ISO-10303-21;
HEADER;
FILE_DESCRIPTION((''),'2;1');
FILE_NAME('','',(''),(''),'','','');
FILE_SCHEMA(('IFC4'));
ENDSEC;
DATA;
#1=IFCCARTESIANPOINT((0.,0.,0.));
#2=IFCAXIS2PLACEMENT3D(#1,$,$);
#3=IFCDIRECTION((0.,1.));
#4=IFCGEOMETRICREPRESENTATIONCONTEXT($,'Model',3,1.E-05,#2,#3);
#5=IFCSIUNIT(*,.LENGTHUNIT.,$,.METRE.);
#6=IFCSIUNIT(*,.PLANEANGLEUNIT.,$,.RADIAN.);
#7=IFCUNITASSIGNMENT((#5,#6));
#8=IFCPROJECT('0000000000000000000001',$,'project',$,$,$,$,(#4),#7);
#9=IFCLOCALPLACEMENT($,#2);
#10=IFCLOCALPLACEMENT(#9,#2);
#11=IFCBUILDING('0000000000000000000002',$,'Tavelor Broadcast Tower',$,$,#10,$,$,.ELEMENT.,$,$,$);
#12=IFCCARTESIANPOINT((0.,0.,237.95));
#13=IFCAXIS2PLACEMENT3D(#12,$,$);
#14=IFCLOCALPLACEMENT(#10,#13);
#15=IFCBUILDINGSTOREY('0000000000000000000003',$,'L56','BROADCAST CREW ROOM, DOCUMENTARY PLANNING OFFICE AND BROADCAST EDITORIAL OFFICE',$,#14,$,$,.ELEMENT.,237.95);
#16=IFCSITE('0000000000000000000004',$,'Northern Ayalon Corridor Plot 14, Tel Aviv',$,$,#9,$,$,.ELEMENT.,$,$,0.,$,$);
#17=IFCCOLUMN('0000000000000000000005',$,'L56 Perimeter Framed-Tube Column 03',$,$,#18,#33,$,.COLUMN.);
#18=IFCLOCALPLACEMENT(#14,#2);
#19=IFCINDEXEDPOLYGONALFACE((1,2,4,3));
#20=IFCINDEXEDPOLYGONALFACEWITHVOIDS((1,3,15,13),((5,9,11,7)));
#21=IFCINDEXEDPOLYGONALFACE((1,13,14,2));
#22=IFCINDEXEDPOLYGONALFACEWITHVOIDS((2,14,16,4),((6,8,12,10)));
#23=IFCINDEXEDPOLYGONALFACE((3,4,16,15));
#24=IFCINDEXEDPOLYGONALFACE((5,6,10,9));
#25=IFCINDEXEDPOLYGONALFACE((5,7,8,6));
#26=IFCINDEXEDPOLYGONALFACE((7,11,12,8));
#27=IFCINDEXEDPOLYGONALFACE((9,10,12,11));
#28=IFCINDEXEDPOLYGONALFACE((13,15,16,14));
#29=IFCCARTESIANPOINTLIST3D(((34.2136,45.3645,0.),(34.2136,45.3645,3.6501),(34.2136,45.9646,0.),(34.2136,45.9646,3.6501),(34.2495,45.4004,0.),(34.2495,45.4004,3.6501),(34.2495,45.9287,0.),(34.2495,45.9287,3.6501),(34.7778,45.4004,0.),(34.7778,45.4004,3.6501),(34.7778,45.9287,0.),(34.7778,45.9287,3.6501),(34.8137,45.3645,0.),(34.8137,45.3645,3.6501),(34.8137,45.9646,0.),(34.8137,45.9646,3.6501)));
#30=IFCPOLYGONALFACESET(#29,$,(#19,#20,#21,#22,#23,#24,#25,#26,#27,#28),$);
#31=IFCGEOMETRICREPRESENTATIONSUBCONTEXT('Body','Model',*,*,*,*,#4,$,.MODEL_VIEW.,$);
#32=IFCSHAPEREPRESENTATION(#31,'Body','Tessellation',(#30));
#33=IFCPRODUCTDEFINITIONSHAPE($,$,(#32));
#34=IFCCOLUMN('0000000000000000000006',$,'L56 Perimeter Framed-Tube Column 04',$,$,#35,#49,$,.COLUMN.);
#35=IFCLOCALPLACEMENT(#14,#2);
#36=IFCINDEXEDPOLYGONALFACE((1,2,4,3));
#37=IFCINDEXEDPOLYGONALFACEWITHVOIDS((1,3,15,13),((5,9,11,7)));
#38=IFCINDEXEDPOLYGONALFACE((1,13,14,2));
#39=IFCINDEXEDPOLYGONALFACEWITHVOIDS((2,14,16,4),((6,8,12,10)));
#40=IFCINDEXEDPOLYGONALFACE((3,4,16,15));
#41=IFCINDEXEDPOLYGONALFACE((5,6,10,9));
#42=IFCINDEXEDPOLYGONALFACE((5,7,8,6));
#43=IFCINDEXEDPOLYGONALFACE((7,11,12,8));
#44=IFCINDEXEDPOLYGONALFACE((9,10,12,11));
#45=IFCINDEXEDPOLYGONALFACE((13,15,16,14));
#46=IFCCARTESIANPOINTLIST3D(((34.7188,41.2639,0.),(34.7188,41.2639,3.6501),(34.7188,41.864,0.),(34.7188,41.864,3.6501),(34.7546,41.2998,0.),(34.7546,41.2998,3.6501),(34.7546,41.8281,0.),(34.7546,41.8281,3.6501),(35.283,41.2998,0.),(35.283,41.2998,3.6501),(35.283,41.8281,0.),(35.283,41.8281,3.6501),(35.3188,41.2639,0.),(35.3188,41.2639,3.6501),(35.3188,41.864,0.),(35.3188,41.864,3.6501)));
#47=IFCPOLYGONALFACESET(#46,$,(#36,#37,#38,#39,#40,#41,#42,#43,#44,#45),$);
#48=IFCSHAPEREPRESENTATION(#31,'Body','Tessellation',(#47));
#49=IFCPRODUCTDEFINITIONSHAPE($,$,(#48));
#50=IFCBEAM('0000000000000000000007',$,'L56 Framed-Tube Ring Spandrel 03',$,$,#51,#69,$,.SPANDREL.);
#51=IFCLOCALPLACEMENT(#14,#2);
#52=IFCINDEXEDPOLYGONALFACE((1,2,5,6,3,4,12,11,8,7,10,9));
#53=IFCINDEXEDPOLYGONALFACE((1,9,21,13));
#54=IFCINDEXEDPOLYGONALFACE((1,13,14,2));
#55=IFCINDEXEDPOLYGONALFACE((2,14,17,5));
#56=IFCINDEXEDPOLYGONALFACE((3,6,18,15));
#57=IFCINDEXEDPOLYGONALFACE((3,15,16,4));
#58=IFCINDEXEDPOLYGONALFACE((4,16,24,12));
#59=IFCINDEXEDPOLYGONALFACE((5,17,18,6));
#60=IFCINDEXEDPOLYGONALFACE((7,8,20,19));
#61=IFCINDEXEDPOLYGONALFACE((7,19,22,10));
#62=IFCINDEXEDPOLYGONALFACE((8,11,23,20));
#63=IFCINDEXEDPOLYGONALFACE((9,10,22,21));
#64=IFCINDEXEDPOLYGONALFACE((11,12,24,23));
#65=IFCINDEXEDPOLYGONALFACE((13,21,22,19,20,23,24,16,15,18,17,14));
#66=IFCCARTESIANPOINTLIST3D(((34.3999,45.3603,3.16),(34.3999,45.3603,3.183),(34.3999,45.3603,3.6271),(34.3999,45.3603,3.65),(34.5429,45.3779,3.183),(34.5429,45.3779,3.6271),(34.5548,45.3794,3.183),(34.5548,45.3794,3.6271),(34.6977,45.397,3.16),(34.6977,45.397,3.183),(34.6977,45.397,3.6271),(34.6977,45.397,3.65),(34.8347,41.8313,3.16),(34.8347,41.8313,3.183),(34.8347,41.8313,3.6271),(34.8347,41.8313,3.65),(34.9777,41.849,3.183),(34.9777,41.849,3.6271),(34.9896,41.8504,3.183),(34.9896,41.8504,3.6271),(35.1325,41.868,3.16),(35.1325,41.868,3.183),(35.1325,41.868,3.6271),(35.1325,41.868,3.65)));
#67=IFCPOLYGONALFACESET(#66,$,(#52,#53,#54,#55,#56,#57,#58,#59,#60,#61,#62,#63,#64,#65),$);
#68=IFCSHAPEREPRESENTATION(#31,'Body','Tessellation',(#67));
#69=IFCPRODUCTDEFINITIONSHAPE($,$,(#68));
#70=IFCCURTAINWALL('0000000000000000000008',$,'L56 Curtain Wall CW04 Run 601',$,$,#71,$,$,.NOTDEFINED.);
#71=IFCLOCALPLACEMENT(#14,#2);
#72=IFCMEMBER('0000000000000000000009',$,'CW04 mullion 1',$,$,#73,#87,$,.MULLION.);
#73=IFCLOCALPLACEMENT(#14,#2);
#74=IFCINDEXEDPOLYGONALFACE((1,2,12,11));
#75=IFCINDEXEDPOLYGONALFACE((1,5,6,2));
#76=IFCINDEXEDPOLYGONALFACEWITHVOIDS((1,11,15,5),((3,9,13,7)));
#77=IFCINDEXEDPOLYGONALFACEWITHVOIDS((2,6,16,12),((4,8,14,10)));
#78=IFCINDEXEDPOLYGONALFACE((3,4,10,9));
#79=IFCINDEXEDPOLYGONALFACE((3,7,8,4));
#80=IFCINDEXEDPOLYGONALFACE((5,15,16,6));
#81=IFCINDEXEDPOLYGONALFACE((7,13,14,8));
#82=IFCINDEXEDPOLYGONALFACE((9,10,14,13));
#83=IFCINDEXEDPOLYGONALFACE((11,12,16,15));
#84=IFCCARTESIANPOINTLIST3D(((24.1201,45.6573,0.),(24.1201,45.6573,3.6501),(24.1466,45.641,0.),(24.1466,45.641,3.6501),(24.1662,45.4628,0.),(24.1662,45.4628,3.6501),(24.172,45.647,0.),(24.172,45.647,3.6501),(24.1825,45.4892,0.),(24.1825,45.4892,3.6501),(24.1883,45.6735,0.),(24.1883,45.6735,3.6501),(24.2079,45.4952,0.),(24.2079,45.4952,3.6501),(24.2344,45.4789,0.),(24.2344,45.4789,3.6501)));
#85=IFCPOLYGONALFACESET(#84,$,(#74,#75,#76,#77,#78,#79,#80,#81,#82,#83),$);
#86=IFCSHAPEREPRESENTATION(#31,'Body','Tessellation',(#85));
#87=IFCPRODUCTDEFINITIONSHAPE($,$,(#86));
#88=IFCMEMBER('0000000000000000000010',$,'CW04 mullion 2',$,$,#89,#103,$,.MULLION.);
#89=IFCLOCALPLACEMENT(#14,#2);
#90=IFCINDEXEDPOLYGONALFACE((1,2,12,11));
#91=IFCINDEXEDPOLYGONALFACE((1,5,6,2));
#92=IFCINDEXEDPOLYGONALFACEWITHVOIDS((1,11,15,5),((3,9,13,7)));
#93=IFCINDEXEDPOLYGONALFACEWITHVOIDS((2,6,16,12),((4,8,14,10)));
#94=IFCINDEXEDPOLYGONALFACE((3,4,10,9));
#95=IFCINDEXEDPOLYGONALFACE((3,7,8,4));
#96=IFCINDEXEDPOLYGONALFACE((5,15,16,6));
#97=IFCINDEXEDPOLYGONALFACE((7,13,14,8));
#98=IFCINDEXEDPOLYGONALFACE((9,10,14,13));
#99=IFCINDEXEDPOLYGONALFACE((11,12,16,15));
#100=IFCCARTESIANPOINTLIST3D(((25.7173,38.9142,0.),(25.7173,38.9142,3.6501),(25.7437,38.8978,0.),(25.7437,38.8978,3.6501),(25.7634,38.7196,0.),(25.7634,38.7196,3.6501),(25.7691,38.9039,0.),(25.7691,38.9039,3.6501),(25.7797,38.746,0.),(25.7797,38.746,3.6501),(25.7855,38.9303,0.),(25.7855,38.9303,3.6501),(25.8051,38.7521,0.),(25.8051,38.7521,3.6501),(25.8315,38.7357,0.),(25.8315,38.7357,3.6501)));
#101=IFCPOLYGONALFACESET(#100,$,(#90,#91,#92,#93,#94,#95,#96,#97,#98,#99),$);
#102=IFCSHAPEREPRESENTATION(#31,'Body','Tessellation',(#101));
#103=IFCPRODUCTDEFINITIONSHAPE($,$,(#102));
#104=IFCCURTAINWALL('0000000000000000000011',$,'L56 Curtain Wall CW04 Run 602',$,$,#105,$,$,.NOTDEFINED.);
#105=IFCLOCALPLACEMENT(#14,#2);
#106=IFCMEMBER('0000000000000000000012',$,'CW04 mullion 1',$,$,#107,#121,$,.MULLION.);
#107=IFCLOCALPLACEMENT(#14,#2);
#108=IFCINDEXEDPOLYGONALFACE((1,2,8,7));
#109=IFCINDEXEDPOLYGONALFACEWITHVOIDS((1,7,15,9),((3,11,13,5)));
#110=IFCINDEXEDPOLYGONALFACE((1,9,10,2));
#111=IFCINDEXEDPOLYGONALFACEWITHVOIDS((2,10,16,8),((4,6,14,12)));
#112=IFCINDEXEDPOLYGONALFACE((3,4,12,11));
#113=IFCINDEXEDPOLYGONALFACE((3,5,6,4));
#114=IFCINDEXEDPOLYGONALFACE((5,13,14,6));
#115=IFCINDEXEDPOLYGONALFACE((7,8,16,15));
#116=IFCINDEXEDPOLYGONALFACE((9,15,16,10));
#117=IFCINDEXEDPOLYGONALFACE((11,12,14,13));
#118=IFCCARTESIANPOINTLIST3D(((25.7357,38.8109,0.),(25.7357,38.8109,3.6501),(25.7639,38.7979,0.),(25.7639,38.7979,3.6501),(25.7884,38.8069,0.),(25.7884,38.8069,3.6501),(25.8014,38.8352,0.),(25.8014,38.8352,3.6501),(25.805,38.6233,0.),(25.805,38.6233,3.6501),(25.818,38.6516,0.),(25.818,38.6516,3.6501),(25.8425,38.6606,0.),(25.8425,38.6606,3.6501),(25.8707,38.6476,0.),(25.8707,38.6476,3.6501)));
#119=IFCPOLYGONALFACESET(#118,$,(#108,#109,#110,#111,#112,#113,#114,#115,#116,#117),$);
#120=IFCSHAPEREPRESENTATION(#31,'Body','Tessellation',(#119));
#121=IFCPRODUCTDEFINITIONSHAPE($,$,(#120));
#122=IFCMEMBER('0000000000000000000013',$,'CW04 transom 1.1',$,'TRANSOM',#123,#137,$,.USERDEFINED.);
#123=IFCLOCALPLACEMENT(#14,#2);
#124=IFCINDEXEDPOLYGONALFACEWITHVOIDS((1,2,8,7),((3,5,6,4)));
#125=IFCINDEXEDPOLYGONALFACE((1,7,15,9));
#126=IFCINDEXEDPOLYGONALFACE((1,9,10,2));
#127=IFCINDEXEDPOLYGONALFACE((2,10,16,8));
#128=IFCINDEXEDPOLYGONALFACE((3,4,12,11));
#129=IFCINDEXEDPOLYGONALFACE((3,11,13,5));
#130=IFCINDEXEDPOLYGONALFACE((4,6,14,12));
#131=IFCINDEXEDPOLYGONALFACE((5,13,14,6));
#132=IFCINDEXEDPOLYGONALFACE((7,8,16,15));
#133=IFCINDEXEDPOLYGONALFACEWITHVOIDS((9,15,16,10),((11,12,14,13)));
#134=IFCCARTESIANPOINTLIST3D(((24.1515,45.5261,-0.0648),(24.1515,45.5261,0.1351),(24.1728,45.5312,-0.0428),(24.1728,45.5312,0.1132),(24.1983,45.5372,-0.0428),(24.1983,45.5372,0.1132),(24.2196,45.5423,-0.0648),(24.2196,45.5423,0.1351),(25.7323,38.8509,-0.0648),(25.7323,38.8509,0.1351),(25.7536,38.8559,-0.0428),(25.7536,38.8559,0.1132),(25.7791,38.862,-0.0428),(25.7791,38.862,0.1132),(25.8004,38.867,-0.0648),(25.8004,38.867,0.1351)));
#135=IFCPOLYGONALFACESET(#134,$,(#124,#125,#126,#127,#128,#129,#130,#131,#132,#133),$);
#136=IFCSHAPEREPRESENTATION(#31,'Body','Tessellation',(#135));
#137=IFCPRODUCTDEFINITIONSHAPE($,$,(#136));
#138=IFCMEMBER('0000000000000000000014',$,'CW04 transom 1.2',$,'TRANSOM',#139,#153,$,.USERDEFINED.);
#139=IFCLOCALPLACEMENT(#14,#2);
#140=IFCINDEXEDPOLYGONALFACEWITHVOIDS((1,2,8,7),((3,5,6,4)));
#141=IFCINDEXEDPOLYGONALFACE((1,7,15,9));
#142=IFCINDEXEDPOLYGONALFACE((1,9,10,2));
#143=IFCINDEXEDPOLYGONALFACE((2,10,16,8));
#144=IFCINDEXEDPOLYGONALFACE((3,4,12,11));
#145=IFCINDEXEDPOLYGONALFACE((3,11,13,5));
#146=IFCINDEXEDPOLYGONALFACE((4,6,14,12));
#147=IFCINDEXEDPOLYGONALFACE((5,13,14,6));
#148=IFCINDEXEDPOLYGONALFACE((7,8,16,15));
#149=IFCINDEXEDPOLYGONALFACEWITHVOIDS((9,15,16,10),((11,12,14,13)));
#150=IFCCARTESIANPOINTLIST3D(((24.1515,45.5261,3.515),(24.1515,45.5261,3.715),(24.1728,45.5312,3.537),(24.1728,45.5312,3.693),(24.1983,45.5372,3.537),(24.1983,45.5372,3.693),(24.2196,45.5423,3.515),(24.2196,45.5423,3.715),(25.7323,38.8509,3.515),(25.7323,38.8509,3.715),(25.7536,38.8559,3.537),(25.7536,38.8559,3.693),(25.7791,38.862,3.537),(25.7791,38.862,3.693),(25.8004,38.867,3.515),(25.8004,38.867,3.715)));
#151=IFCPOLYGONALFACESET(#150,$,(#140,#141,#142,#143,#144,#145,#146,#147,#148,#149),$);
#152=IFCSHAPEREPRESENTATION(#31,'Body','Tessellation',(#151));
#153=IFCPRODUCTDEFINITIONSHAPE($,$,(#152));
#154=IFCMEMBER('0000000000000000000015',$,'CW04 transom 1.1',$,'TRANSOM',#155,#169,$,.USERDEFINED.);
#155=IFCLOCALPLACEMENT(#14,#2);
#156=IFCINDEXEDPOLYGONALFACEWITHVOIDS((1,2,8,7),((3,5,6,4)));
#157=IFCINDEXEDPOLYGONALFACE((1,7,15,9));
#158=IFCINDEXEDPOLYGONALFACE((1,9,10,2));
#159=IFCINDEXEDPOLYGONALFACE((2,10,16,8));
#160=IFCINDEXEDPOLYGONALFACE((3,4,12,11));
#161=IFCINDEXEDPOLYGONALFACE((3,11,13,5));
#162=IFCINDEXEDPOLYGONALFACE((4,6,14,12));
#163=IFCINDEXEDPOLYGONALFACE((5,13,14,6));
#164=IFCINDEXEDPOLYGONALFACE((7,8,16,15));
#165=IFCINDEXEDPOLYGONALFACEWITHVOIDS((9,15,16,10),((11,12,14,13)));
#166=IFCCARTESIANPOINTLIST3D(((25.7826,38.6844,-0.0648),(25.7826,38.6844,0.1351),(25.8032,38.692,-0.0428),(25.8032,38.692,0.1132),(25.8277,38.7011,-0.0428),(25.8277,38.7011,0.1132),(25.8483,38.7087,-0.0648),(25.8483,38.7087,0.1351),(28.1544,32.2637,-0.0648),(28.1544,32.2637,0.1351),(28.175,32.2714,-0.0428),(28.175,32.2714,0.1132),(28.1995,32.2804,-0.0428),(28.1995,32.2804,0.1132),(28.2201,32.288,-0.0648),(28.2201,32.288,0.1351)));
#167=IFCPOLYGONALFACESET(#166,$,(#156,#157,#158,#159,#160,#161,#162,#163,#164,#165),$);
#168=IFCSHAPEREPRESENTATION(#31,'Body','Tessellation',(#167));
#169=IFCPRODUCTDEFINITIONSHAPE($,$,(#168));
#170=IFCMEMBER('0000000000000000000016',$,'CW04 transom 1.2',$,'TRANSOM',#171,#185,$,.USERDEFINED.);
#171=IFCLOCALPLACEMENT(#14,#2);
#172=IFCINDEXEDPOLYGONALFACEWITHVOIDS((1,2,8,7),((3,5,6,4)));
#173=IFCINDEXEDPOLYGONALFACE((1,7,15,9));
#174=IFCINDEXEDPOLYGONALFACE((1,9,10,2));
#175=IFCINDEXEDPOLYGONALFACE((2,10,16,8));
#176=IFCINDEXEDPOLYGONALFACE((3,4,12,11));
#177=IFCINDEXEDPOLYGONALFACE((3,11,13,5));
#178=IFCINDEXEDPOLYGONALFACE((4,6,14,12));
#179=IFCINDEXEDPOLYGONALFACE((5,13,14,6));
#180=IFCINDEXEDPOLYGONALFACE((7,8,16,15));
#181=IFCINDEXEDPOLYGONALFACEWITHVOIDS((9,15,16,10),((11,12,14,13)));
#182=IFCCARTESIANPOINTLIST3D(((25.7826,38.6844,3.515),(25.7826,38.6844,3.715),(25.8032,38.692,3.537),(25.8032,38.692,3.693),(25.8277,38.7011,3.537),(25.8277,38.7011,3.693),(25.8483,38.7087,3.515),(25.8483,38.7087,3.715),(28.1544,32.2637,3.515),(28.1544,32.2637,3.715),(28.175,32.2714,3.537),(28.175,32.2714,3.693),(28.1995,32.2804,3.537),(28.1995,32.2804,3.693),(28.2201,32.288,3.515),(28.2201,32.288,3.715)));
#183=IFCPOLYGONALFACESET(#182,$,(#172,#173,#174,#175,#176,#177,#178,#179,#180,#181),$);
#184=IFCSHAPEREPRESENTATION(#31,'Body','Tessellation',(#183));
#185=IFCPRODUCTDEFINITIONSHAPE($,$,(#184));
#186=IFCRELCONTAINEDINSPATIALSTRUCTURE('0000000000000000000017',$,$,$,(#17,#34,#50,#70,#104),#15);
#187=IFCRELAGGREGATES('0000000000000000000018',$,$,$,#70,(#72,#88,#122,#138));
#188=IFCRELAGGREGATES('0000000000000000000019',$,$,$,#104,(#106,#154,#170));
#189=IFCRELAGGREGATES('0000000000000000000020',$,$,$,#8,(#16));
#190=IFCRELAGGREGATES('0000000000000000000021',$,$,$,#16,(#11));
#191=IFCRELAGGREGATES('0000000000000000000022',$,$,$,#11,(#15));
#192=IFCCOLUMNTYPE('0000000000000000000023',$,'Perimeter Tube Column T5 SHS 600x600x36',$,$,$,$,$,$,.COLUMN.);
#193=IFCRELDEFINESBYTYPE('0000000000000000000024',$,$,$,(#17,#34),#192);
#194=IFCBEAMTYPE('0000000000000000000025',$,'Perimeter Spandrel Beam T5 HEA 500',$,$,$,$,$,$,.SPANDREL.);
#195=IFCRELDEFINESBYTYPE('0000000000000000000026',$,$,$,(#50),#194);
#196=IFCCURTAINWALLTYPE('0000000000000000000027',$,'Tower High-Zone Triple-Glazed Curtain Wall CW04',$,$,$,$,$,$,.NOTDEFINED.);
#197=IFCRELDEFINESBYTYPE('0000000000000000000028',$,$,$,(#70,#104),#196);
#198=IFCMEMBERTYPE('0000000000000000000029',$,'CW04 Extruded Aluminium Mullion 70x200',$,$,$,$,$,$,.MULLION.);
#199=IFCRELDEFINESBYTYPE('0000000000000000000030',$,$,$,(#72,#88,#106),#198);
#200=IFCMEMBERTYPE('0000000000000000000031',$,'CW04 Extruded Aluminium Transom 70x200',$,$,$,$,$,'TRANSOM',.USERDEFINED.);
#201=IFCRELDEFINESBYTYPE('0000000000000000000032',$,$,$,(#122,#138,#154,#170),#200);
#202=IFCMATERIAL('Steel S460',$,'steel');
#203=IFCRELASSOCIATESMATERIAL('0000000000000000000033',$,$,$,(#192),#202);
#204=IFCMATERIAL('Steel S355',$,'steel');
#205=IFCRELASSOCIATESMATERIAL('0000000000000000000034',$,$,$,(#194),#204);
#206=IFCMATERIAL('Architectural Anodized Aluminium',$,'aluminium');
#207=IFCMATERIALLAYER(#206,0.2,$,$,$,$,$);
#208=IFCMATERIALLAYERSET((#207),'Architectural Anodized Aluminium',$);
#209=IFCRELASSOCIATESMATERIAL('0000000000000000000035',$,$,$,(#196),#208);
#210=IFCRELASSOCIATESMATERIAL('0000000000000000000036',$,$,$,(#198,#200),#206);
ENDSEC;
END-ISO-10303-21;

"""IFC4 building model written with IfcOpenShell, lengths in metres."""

from ifc_helpers import new_model, si_unit, direction, frame, origin, origin_2d, place, context, subcontext, project, spatial, hollow_rectangle, i_section, extrude, source, transform, mapped, material, layer, layer_set, material_profile, profile_set, type_object, type_shapes, element, aggregate, save


model = new_model("IFC4")

# Units and contexts
model_context = context("Model", 3, precision=1e-05, world=origin(), true_north=direction((0.0, 1.0)))
body_context = subcontext(model_context, "Body", "Model", "MODEL_VIEW")
ifc_project = project(units=[si_unit("LENGTHUNIT", "METRE"), si_unit("PLANEANGLEUNIT", "RADIAN")], contexts=[model_context])

# Site, building, storey
site_placement = place(None, origin())
site = spatial("IfcSite", under=ifc_project, at=site_placement, Name="Northern Ayalon Corridor Plot 14, Tel Aviv", CompositionType="ELEMENT", RefElevation=0.0)
building_placement = place(site_placement, origin())
building = spatial("IfcBuilding", under=site, at=building_placement, Name="Tavelor Broadcast Tower", CompositionType="ELEMENT")
storey_placement = place(building_placement, frame((0.0, 0.0, 237.95)))
storey = spatial("IfcBuildingStorey", under=building, at=storey_placement, Name="L56", Description="BROADCAST CREW ROOM, DOCUMENTARY PLANNING OFFICE AND BROADCAST EDITORIAL OFFICE", CompositionType="ELEMENT", Elevation=237.95)

# Columns
ifc_material_1 = material(Name="Steel S460", Category="steel")
ifc_material_profile_1 = material_profile(ifc_material_1, hollow_rectangle(XDim=0.6001, YDim=0.6001, WallThickness=0.0359, at=origin_2d()), Name="SHS 600x600x36")
ifc_profile_set_1 = profile_set([ifc_material_profile_1], Name="Steel S460")
column_type = type_object("IfcColumnType", Name="Perimeter Tube Column T5 SHS 600x600x36", PredefinedType="COLUMN", material=ifc_profile_set_1)
for number, where, z_axis, x_axis, name in (
    (1, (34.5137, 45.6646, 0.0), (0.0, 0.0, 1.0), (1.0, 0.0, 0.0), "L56 Perimeter Framed-Tube Column 03"),
    (2, (35.0188, 41.564, 0.0), (0.0, 0.0, 1.0), (1.0, 0.0, 0.0), "L56 Perimeter Framed-Tube Column 04"),
):
    element("IfcColumn", number, at=place(storey_placement, frame(where, z_axis=z_axis, x_axis=x_axis)), inside=storey, type_object=column_type, Name=name, PredefinedType="COLUMN", context=body_context, shape_type="SweptSolid", body=[
        extrude(hollow_rectangle(XDim=0.6001, YDim=0.6001, WallThickness=0.0359, at=origin_2d()), origin(), (0.0, 0.0, 1.0), 3.6501),
    ])

# Beam
ifc_material_2 = material(Name="Steel S355", Category="steel")
ifc_material_profile_2 = material_profile(ifc_material_2, i_section(OverallWidth=0.3, OverallDepth=0.49, WebThickness=0.012, FlangeThickness=0.0229, at=origin_2d()), Name="HEA 500")
ifc_profile_set_2 = profile_set([ifc_material_profile_2], Name="Steel S355")
beam_type = type_object("IfcBeamType", Name="Perimeter Spandrel Beam T5 HEA 500", PredefinedType="SPANDREL", material=ifc_profile_set_2)
beam_placement = place(storey_placement, frame((34.5488, 45.3787, 3.405), z_axis=(0.122285, -0.992495, 0.0), x_axis=(0.992495, 0.122285, 0.0)))
element("IfcBeam", 3, at=beam_placement, inside=storey, type_object=beam_type, Name="L56 Framed-Tube Ring Spandrel 03", PredefinedType="SPANDREL", context=body_context, shape_type="SweptSolid", body=[
    extrude(i_section(OverallWidth=0.3, OverallDepth=0.49, WebThickness=0.012, FlangeThickness=0.0229, at=origin_2d()), origin(), (0.0, 0.0, 1.0), 3.5557),
])

# Curtain wall, members
ifc_material_3 = material(Name="Architectural Anodized Aluminium", Category="aluminium")
ifc_layer_1 = layer(ifc_material_3, 0.2)
ifc_layer_set_1 = layer_set([ifc_layer_1], Name="Architectural Anodized Aluminium")
curtain_wall_type = type_object("IfcCurtainWallType", Name="Tower High-Zone Triple-Glazed Curtain Wall CW04", PredefinedType="NOTDEFINED", material=ifc_layer_set_1)
curtain_wall_1_placement = place(storey_placement, origin())
curtain_wall_1 = element("IfcCurtainWall", 4, at=curtain_wall_1_placement, inside=storey, type_object=curtain_wall_type, Name="L56 Curtain Wall CW04 Run 601", PredefinedType="NOTDEFINED")
ifc_material_profile_3 = material_profile(ifc_material_3, hollow_rectangle(XDim=0.0701, YDim=0.2, WallThickness=0.022, at=origin_2d()), Name="RHS 70x200x22")
ifc_profile_set_3 = profile_set([ifc_material_profile_3], Name="Architectural Anodized Aluminium")
member_type_1 = type_object("IfcMemberType", Name="CW04 Extruded Aluminium Mullion 70x200", PredefinedType="MULLION", material=ifc_profile_set_3)
shared_shape_1 = source(origin(), body_context, "Body", "SweptSolid", [
    extrude(hollow_rectangle(XDim=0.0701, YDim=0.2, WallThickness=0.022, at=origin_2d()), origin(), (0.0, 0.0, 1.0), 3.6501),
])
type_shapes(member_type_1, [shared_shape_1])
member_1_placement = place(storey_placement, frame((24.1772, 45.5681, 0.0), z_axis=(0.0, 0.0, 1.0), x_axis=(0.973081, 0.230463, 0.0)))
member_1 = element("IfcMember", 5, at=member_1_placement, type_object=member_type_1, Name="CW04 mullion 1", PredefinedType="MULLION", context=body_context, shape_type="MappedRepresentation", body=[
    mapped(shared_shape_1, transform((0.0, 0.0, 0.0), scale=1.0)),
])
member_2_placement = place(storey_placement, frame((25.7744, 38.825, 0.0), z_axis=(0.0, 0.0, 1.0), x_axis=(0.973081, 0.230463, 0.0)))
member_2 = element("IfcMember", 6, at=member_2_placement, type_object=member_type_1, Name="CW04 mullion 2", PredefinedType="MULLION", context=body_context, shape_type="MappedRepresentation", body=[
    mapped(shared_shape_1, transform((0.0, 0.0, 0.0), scale=1.0)),
])

# Curtain wall, member
curtain_wall_2_placement = place(storey_placement, origin())
curtain_wall_2 = element("IfcCurtainWall", 7, at=curtain_wall_2_placement, inside=storey, type_object=curtain_wall_type, Name="L56 Curtain Wall CW04 Run 602", PredefinedType="NOTDEFINED")
member_3_placement = place(storey_placement, frame((25.8032, 38.7292, 0.0), z_axis=(0.0, 0.0, 1.0), x_axis=(0.938041, 0.346525, 0.0)))
member_3 = element("IfcMember", 8, at=member_3_placement, type_object=member_type_1, Name="CW04 mullion 1", PredefinedType="MULLION", context=body_context, shape_type="MappedRepresentation", body=[
    mapped(shared_shape_1, transform((0.0, 0.0, 0.0), scale=1.0)),
])

# Members
ifc_material_profile_4 = material_profile(ifc_material_3, hollow_rectangle(XDim=0.0701, YDim=0.2, WallThickness=0.022, at=origin_2d()), Name="RHS 70x200x22")
ifc_profile_set_4 = profile_set([ifc_material_profile_4], Name="Architectural Anodized Aluminium")
member_type_2 = type_object("IfcMemberType", Name="CW04 Extruded Aluminium Transom 70x200", ElementType="TRANSOM", PredefinedType="USERDEFINED", material=ifc_profile_set_4)
shared_shape_2 = source(origin(), body_context, "Body", "SweptSolid", [
    extrude(hollow_rectangle(XDim=0.0701, YDim=0.2, WallThickness=0.022, at=origin_2d()), origin(), (0.0, 0.0, 1.0), 6.8599),
])
member_4_placement = place(storey_placement, frame((24.1855, 45.5342, 0.0352), z_axis=(0.230442, -0.973086, 0.0), x_axis=(0.973086, 0.230442, 0.0)))
member_4 = element("IfcMember", 9, at=member_4_placement, type_object=member_type_2, Name="CW04 transom 1.1", ObjectType="TRANSOM", PredefinedType="USERDEFINED", context=body_context, shape_type="MappedRepresentation", body=[
    mapped(shared_shape_2, transform((0.0, 0.0, 0.0), scale=1.0)),
])
member_5_placement = place(storey_placement, frame((24.1855, 45.5342, 3.615), z_axis=(0.230442, -0.973086, 0.0), x_axis=(0.973086, 0.230442, 0.0)))
member_5 = element("IfcMember", 10, at=member_5_placement, type_object=member_type_2, Name="CW04 transom 1.2", ObjectType="TRANSOM", PredefinedType="USERDEFINED", context=body_context, shape_type="MappedRepresentation", body=[
    mapped(shared_shape_2, transform((0.0, 0.0, 0.0), scale=1.0)),
])
shared_shape_3 = source(origin(), body_context, "Body", "SweptSolid", [
    extrude(hollow_rectangle(XDim=0.0701, YDim=0.2, WallThickness=0.022, at=origin_2d()), origin(), (0.0, 0.0, 1.0), 6.8447),
])
type_shapes(member_type_2, [shared_shape_2, shared_shape_3])
member_6_placement = place(storey_placement, frame((25.8154, 38.6965, 0.0352), z_axis=(0.346518, -0.938043, 0.0), x_axis=(0.938043, 0.346518, 0.0)))
member_6 = element("IfcMember", 11, at=member_6_placement, type_object=member_type_2, Name="CW04 transom 1.1", ObjectType="TRANSOM", PredefinedType="USERDEFINED", context=body_context, shape_type="MappedRepresentation", body=[
    mapped(shared_shape_3, transform((0.0, 0.0, 0.0), scale=1.0)),
])
member_7_placement = place(storey_placement, frame((25.8154, 38.6965, 3.615), z_axis=(0.346518, -0.938043, 0.0), x_axis=(0.938043, 0.346518, 0.0)))
member_7 = element("IfcMember", 12, at=member_7_placement, type_object=member_type_2, Name="CW04 transom 1.2", ObjectType="TRANSOM", PredefinedType="USERDEFINED", context=body_context, shape_type="MappedRepresentation", body=[
    mapped(shared_shape_3, transform((0.0, 0.0, 0.0), scale=1.0)),
])

aggregate(curtain_wall_1, [member_1, member_2, member_4, member_5])
aggregate(curtain_wall_2, [member_3, member_6, member_7])

save(model, "model.ifc")
